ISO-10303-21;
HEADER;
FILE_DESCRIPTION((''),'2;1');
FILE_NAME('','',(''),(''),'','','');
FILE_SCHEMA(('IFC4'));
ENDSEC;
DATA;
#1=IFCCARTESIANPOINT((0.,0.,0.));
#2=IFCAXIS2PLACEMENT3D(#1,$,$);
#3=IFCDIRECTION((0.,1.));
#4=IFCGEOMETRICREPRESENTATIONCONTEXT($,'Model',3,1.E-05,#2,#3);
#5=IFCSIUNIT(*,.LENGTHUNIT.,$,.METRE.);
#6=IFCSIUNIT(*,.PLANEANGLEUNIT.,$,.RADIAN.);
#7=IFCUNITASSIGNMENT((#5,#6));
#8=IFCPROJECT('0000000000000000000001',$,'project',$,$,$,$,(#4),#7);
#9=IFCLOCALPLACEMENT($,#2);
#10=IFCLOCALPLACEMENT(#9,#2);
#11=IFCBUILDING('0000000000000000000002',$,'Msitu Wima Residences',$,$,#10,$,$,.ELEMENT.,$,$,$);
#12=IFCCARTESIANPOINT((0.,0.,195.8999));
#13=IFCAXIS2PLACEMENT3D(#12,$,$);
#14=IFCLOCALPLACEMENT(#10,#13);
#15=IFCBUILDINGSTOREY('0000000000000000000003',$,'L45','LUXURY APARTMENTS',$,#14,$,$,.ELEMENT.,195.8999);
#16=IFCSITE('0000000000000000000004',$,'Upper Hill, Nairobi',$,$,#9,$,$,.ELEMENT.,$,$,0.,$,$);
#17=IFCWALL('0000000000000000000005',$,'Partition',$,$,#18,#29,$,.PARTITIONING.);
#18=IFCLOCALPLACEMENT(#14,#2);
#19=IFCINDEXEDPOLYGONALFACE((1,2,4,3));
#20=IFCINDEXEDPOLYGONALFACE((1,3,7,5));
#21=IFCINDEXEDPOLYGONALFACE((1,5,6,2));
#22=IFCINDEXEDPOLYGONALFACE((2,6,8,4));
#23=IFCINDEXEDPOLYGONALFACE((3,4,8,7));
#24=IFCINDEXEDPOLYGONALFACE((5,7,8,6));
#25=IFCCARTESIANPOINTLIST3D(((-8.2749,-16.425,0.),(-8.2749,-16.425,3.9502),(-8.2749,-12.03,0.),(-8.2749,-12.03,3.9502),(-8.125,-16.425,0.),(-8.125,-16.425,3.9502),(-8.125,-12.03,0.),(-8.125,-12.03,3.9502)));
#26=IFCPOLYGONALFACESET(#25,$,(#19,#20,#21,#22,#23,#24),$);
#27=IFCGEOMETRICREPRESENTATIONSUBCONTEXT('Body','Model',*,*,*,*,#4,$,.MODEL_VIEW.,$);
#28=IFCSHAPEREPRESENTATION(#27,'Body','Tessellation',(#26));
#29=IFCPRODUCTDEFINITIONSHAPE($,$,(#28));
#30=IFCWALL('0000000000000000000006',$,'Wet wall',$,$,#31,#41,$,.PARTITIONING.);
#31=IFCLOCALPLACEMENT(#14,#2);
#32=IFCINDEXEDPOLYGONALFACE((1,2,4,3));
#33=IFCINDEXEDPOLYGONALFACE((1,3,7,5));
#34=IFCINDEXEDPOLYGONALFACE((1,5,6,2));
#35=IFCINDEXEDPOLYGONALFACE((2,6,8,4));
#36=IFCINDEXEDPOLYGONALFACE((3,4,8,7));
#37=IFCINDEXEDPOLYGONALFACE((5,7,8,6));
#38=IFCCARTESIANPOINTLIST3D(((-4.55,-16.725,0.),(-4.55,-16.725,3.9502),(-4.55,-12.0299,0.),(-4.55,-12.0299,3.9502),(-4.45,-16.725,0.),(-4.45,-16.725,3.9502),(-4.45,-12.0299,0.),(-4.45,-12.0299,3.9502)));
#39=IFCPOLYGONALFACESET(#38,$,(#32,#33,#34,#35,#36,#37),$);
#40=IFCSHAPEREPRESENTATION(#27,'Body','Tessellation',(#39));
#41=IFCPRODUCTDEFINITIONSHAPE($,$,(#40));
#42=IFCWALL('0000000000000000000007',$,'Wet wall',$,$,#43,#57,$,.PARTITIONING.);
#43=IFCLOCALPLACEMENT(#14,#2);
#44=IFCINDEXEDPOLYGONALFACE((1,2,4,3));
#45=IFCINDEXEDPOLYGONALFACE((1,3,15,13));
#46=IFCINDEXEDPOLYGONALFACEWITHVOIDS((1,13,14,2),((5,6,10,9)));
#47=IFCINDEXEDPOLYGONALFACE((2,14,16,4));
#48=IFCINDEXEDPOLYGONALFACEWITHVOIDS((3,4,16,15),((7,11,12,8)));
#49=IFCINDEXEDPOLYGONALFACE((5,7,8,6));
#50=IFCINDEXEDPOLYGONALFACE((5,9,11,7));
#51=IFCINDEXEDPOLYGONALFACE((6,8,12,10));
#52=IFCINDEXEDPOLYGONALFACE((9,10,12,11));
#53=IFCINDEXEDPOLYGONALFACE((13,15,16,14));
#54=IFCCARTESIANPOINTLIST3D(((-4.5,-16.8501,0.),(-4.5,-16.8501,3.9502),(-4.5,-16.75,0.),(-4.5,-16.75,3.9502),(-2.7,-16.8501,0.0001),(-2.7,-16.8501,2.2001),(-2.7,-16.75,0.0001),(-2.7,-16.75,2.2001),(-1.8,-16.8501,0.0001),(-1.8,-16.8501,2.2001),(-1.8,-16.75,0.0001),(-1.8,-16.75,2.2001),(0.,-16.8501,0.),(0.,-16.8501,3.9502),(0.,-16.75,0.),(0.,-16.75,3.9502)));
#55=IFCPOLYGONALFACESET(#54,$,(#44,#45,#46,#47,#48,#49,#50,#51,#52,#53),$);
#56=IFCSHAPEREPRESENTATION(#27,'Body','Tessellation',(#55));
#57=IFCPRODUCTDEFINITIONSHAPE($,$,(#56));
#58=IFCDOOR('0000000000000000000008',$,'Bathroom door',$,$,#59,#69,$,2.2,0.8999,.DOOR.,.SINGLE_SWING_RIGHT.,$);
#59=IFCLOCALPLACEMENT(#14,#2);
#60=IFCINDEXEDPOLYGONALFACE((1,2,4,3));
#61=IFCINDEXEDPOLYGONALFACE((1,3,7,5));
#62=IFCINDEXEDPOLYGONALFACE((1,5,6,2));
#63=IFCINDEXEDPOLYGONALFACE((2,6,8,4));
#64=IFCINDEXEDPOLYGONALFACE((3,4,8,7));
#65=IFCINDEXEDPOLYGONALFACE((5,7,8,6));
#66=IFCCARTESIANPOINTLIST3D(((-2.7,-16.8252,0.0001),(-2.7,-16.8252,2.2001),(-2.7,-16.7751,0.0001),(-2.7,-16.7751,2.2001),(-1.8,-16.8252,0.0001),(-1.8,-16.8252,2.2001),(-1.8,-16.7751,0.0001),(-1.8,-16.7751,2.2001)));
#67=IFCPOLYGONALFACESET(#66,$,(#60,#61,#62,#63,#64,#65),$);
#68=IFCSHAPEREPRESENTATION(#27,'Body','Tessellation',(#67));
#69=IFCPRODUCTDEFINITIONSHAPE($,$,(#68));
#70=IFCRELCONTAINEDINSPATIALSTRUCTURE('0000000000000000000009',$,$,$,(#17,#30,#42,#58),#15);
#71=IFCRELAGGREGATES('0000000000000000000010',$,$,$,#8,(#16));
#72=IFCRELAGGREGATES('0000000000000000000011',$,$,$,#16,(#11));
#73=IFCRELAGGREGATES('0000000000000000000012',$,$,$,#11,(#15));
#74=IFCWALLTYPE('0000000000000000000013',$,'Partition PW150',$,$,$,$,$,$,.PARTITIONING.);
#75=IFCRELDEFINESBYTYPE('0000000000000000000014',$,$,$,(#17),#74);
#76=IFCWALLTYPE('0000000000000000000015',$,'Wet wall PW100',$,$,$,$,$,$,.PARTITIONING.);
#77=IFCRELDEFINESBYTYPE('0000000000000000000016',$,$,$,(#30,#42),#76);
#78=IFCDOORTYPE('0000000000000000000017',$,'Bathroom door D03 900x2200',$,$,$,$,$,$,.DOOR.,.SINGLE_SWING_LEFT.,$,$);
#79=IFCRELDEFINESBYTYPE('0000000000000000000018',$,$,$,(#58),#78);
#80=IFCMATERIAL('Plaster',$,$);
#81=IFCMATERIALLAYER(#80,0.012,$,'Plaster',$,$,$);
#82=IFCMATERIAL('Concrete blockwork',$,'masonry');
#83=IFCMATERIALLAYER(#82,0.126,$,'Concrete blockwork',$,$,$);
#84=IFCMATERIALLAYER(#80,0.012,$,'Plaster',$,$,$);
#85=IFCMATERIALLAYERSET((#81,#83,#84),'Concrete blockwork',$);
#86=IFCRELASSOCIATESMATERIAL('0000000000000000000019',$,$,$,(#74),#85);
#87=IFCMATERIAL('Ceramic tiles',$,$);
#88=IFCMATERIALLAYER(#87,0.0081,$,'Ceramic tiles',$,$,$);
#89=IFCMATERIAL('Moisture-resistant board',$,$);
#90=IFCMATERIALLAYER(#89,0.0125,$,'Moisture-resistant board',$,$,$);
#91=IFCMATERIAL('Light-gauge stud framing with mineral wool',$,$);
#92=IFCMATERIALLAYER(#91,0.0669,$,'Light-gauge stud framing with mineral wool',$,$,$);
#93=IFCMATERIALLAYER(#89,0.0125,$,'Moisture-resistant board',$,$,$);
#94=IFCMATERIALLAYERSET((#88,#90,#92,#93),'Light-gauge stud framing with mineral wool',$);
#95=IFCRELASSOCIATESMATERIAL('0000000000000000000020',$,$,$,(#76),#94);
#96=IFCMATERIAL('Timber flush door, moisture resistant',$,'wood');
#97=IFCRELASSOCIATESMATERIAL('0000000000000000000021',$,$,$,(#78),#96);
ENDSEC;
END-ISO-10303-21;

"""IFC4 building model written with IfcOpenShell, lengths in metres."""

from ifc_helpers import new_model, si_unit, direction, frame, frame_2d, origin, place, context, subcontext, project, spatial, rectangle, extrude, material, layer, layer_set, type_object, element, fill, save


model = new_model("IFC4")

# Units and contexts
model_context = context("Model", 3, precision=1e-05, world=origin(), true_north=direction((0.0, 1.0)))
body_context = subcontext(model_context, "Body", "Model", "MODEL_VIEW")
ifc_project = project(units=[si_unit("LENGTHUNIT", "METRE"), si_unit("PLANEANGLEUNIT", "RADIAN")], contexts=[model_context])

# Site, building, storey
site_placement = place(None, origin())
site = spatial("IfcSite", under=ifc_project, at=site_placement, Name="Upper Hill, Nairobi", CompositionType="ELEMENT", RefElevation=0.0)
building_placement = place(site_placement, origin())
building = spatial("IfcBuilding", under=site, at=building_placement, Name="Msitu Wima Residences", CompositionType="ELEMENT")
storey_placement = place(building_placement, frame((0.0, 0.0, 195.8999)))
storey = spatial("IfcBuildingStorey", under=building, at=storey_placement, Name="L45", Description="LUXURY APARTMENTS", CompositionType="ELEMENT", Elevation=195.8999)

# Shared definitions
ifc_material_1 = material(Name="Plaster")
ifc_layer_1 = layer(ifc_material_1, 0.012, Name="Plaster")
ifc_material_2 = material(Name="Concrete blockwork", Category="masonry")
ifc_layer_2 = layer(ifc_material_2, 0.126, Name="Concrete blockwork")
ifc_layer_3 = layer(ifc_material_1, 0.012, Name="Plaster")
ifc_layer_set_1 = layer_set([ifc_layer_1, ifc_layer_2, ifc_layer_3], Name="Concrete blockwork")
wall_type_1 = type_object("IfcWallType", Name="Partition PW150", PredefinedType="PARTITIONING", material=ifc_layer_set_1)

# Walls
wall_1_placement = place(storey_placement, frame((-8.2, -16.425, 0.0), z_axis=(0.0, 0.0, 1.0), x_axis=(0.0, 1.0, 0.0)))
element("IfcWall", 1, at=wall_1_placement, inside=storey, type_object=wall_type_1, Name="Partition", PredefinedType="PARTITIONING", context=body_context, shape_type="SweptSolid", body=[
    extrude(rectangle(XDim=4.395, YDim=0.1499, at=frame_2d((2.1975, 0.0))), origin(), (0.0, 0.0, 1.0), 3.9502),
])
ifc_material_3 = material(Name="Ceramic tiles")
ifc_layer_4 = layer(ifc_material_3, 0.0081, Name="Ceramic tiles")
ifc_material_4 = material(Name="Moisture-resistant board")
ifc_layer_5 = layer(ifc_material_4, 0.0125, Name="Moisture-resistant board")
ifc_material_5 = material(Name="Light-gauge stud framing with mineral wool")
ifc_layer_6 = layer(ifc_material_5, 0.0669, Name="Light-gauge stud framing with mineral wool")
ifc_layer_7 = layer(ifc_material_4, 0.0125, Name="Moisture-resistant board")
ifc_layer_set_2 = layer_set([ifc_layer_4, ifc_layer_5, ifc_layer_6, ifc_layer_7], Name="Light-gauge stud framing with mineral wool")
wall_type_2 = type_object("IfcWallType", Name="Wet wall PW100", PredefinedType="PARTITIONING", material=ifc_layer_set_2)
wall_2_placement = place(storey_placement, frame((-4.5, -16.7251, 0.0), z_axis=(0.0, 0.0, 1.0), x_axis=(0.0, 1.0, 0.0)))
element("IfcWall", 2, at=wall_2_placement, inside=storey, type_object=wall_type_2, Name="Wet wall", PredefinedType="PARTITIONING", context=body_context, shape_type="SweptSolid", body=[
    extrude(rectangle(XDim=4.6951, YDim=0.1001, at=frame_2d((2.3477, 0.0))), origin(), (0.0, 0.0, 1.0), 3.9502),
])

# Wall, opening, door
wall_3_placement = place(storey_placement, frame((-4.5, -16.8, 0.0), z_axis=(0.0, 0.0, 1.0), x_axis=(1.0, 0.0, 0.0)))
wall_3 = element("IfcWall", 3, at=wall_3_placement, inside=storey, type_object=wall_type_2, Name="Wet wall", PredefinedType="PARTITIONING", context=body_context, shape_type="SweptSolid", body=[
    extrude(rectangle(XDim=4.5, YDim=0.1001, at=frame_2d((2.25, 0.0))), origin(), (0.0, 0.0, 1.0), 3.9502),
])
opening_1_placement = place(wall_3_placement, frame((1.8, 0.0, 0.0)))
opening_1 = element("IfcOpeningElement", 4, at=opening_1_placement, cuts=wall_3, PredefinedType="OPENING", context=body_context, shape_type="SweptSolid", body=[
    extrude(rectangle(XDim=0.8999, YDim=2.2, at=frame_2d((0.45, 1.1001))), frame((0.0, 0.0601, 0.0), z_axis=(0.0, -1.0, 0.0), x_axis=(1.0, 0.0, 0.0)), (0.0, 0.0, 1.0), 0.1201),
])
ifc_material_6 = material(Name="Timber flush door, moisture resistant", Category="wood")
door_type_1 = type_object("IfcDoorType", Name="Bathroom door D03 900x2200", OperationType="SINGLE_SWING_LEFT", PredefinedType="DOOR", material=ifc_material_6)
door_1_placement = place(opening_1_placement, origin())
door_1 = element("IfcDoor", 5, at=door_1_placement, inside=storey, type_object=door_type_1, Name="Bathroom door", OperationType="SINGLE_SWING_RIGHT", OverallHeight=2.2, OverallWidth=0.8999, PredefinedType="DOOR", context=body_context, shape_type="SweptSolid", body=[
    extrude(rectangle(XDim=0.8999, YDim=2.2, at=frame_2d((0.45, 1.1001))), frame((0.0, 0.0249, 0.0), z_axis=(0.0, -1.0, 0.0), x_axis=(1.0, 0.0, 0.0)), (0.0, 0.0, 1.0), 0.05),
])
fill(opening_1, door_1)

save(model, "model.ifc")
